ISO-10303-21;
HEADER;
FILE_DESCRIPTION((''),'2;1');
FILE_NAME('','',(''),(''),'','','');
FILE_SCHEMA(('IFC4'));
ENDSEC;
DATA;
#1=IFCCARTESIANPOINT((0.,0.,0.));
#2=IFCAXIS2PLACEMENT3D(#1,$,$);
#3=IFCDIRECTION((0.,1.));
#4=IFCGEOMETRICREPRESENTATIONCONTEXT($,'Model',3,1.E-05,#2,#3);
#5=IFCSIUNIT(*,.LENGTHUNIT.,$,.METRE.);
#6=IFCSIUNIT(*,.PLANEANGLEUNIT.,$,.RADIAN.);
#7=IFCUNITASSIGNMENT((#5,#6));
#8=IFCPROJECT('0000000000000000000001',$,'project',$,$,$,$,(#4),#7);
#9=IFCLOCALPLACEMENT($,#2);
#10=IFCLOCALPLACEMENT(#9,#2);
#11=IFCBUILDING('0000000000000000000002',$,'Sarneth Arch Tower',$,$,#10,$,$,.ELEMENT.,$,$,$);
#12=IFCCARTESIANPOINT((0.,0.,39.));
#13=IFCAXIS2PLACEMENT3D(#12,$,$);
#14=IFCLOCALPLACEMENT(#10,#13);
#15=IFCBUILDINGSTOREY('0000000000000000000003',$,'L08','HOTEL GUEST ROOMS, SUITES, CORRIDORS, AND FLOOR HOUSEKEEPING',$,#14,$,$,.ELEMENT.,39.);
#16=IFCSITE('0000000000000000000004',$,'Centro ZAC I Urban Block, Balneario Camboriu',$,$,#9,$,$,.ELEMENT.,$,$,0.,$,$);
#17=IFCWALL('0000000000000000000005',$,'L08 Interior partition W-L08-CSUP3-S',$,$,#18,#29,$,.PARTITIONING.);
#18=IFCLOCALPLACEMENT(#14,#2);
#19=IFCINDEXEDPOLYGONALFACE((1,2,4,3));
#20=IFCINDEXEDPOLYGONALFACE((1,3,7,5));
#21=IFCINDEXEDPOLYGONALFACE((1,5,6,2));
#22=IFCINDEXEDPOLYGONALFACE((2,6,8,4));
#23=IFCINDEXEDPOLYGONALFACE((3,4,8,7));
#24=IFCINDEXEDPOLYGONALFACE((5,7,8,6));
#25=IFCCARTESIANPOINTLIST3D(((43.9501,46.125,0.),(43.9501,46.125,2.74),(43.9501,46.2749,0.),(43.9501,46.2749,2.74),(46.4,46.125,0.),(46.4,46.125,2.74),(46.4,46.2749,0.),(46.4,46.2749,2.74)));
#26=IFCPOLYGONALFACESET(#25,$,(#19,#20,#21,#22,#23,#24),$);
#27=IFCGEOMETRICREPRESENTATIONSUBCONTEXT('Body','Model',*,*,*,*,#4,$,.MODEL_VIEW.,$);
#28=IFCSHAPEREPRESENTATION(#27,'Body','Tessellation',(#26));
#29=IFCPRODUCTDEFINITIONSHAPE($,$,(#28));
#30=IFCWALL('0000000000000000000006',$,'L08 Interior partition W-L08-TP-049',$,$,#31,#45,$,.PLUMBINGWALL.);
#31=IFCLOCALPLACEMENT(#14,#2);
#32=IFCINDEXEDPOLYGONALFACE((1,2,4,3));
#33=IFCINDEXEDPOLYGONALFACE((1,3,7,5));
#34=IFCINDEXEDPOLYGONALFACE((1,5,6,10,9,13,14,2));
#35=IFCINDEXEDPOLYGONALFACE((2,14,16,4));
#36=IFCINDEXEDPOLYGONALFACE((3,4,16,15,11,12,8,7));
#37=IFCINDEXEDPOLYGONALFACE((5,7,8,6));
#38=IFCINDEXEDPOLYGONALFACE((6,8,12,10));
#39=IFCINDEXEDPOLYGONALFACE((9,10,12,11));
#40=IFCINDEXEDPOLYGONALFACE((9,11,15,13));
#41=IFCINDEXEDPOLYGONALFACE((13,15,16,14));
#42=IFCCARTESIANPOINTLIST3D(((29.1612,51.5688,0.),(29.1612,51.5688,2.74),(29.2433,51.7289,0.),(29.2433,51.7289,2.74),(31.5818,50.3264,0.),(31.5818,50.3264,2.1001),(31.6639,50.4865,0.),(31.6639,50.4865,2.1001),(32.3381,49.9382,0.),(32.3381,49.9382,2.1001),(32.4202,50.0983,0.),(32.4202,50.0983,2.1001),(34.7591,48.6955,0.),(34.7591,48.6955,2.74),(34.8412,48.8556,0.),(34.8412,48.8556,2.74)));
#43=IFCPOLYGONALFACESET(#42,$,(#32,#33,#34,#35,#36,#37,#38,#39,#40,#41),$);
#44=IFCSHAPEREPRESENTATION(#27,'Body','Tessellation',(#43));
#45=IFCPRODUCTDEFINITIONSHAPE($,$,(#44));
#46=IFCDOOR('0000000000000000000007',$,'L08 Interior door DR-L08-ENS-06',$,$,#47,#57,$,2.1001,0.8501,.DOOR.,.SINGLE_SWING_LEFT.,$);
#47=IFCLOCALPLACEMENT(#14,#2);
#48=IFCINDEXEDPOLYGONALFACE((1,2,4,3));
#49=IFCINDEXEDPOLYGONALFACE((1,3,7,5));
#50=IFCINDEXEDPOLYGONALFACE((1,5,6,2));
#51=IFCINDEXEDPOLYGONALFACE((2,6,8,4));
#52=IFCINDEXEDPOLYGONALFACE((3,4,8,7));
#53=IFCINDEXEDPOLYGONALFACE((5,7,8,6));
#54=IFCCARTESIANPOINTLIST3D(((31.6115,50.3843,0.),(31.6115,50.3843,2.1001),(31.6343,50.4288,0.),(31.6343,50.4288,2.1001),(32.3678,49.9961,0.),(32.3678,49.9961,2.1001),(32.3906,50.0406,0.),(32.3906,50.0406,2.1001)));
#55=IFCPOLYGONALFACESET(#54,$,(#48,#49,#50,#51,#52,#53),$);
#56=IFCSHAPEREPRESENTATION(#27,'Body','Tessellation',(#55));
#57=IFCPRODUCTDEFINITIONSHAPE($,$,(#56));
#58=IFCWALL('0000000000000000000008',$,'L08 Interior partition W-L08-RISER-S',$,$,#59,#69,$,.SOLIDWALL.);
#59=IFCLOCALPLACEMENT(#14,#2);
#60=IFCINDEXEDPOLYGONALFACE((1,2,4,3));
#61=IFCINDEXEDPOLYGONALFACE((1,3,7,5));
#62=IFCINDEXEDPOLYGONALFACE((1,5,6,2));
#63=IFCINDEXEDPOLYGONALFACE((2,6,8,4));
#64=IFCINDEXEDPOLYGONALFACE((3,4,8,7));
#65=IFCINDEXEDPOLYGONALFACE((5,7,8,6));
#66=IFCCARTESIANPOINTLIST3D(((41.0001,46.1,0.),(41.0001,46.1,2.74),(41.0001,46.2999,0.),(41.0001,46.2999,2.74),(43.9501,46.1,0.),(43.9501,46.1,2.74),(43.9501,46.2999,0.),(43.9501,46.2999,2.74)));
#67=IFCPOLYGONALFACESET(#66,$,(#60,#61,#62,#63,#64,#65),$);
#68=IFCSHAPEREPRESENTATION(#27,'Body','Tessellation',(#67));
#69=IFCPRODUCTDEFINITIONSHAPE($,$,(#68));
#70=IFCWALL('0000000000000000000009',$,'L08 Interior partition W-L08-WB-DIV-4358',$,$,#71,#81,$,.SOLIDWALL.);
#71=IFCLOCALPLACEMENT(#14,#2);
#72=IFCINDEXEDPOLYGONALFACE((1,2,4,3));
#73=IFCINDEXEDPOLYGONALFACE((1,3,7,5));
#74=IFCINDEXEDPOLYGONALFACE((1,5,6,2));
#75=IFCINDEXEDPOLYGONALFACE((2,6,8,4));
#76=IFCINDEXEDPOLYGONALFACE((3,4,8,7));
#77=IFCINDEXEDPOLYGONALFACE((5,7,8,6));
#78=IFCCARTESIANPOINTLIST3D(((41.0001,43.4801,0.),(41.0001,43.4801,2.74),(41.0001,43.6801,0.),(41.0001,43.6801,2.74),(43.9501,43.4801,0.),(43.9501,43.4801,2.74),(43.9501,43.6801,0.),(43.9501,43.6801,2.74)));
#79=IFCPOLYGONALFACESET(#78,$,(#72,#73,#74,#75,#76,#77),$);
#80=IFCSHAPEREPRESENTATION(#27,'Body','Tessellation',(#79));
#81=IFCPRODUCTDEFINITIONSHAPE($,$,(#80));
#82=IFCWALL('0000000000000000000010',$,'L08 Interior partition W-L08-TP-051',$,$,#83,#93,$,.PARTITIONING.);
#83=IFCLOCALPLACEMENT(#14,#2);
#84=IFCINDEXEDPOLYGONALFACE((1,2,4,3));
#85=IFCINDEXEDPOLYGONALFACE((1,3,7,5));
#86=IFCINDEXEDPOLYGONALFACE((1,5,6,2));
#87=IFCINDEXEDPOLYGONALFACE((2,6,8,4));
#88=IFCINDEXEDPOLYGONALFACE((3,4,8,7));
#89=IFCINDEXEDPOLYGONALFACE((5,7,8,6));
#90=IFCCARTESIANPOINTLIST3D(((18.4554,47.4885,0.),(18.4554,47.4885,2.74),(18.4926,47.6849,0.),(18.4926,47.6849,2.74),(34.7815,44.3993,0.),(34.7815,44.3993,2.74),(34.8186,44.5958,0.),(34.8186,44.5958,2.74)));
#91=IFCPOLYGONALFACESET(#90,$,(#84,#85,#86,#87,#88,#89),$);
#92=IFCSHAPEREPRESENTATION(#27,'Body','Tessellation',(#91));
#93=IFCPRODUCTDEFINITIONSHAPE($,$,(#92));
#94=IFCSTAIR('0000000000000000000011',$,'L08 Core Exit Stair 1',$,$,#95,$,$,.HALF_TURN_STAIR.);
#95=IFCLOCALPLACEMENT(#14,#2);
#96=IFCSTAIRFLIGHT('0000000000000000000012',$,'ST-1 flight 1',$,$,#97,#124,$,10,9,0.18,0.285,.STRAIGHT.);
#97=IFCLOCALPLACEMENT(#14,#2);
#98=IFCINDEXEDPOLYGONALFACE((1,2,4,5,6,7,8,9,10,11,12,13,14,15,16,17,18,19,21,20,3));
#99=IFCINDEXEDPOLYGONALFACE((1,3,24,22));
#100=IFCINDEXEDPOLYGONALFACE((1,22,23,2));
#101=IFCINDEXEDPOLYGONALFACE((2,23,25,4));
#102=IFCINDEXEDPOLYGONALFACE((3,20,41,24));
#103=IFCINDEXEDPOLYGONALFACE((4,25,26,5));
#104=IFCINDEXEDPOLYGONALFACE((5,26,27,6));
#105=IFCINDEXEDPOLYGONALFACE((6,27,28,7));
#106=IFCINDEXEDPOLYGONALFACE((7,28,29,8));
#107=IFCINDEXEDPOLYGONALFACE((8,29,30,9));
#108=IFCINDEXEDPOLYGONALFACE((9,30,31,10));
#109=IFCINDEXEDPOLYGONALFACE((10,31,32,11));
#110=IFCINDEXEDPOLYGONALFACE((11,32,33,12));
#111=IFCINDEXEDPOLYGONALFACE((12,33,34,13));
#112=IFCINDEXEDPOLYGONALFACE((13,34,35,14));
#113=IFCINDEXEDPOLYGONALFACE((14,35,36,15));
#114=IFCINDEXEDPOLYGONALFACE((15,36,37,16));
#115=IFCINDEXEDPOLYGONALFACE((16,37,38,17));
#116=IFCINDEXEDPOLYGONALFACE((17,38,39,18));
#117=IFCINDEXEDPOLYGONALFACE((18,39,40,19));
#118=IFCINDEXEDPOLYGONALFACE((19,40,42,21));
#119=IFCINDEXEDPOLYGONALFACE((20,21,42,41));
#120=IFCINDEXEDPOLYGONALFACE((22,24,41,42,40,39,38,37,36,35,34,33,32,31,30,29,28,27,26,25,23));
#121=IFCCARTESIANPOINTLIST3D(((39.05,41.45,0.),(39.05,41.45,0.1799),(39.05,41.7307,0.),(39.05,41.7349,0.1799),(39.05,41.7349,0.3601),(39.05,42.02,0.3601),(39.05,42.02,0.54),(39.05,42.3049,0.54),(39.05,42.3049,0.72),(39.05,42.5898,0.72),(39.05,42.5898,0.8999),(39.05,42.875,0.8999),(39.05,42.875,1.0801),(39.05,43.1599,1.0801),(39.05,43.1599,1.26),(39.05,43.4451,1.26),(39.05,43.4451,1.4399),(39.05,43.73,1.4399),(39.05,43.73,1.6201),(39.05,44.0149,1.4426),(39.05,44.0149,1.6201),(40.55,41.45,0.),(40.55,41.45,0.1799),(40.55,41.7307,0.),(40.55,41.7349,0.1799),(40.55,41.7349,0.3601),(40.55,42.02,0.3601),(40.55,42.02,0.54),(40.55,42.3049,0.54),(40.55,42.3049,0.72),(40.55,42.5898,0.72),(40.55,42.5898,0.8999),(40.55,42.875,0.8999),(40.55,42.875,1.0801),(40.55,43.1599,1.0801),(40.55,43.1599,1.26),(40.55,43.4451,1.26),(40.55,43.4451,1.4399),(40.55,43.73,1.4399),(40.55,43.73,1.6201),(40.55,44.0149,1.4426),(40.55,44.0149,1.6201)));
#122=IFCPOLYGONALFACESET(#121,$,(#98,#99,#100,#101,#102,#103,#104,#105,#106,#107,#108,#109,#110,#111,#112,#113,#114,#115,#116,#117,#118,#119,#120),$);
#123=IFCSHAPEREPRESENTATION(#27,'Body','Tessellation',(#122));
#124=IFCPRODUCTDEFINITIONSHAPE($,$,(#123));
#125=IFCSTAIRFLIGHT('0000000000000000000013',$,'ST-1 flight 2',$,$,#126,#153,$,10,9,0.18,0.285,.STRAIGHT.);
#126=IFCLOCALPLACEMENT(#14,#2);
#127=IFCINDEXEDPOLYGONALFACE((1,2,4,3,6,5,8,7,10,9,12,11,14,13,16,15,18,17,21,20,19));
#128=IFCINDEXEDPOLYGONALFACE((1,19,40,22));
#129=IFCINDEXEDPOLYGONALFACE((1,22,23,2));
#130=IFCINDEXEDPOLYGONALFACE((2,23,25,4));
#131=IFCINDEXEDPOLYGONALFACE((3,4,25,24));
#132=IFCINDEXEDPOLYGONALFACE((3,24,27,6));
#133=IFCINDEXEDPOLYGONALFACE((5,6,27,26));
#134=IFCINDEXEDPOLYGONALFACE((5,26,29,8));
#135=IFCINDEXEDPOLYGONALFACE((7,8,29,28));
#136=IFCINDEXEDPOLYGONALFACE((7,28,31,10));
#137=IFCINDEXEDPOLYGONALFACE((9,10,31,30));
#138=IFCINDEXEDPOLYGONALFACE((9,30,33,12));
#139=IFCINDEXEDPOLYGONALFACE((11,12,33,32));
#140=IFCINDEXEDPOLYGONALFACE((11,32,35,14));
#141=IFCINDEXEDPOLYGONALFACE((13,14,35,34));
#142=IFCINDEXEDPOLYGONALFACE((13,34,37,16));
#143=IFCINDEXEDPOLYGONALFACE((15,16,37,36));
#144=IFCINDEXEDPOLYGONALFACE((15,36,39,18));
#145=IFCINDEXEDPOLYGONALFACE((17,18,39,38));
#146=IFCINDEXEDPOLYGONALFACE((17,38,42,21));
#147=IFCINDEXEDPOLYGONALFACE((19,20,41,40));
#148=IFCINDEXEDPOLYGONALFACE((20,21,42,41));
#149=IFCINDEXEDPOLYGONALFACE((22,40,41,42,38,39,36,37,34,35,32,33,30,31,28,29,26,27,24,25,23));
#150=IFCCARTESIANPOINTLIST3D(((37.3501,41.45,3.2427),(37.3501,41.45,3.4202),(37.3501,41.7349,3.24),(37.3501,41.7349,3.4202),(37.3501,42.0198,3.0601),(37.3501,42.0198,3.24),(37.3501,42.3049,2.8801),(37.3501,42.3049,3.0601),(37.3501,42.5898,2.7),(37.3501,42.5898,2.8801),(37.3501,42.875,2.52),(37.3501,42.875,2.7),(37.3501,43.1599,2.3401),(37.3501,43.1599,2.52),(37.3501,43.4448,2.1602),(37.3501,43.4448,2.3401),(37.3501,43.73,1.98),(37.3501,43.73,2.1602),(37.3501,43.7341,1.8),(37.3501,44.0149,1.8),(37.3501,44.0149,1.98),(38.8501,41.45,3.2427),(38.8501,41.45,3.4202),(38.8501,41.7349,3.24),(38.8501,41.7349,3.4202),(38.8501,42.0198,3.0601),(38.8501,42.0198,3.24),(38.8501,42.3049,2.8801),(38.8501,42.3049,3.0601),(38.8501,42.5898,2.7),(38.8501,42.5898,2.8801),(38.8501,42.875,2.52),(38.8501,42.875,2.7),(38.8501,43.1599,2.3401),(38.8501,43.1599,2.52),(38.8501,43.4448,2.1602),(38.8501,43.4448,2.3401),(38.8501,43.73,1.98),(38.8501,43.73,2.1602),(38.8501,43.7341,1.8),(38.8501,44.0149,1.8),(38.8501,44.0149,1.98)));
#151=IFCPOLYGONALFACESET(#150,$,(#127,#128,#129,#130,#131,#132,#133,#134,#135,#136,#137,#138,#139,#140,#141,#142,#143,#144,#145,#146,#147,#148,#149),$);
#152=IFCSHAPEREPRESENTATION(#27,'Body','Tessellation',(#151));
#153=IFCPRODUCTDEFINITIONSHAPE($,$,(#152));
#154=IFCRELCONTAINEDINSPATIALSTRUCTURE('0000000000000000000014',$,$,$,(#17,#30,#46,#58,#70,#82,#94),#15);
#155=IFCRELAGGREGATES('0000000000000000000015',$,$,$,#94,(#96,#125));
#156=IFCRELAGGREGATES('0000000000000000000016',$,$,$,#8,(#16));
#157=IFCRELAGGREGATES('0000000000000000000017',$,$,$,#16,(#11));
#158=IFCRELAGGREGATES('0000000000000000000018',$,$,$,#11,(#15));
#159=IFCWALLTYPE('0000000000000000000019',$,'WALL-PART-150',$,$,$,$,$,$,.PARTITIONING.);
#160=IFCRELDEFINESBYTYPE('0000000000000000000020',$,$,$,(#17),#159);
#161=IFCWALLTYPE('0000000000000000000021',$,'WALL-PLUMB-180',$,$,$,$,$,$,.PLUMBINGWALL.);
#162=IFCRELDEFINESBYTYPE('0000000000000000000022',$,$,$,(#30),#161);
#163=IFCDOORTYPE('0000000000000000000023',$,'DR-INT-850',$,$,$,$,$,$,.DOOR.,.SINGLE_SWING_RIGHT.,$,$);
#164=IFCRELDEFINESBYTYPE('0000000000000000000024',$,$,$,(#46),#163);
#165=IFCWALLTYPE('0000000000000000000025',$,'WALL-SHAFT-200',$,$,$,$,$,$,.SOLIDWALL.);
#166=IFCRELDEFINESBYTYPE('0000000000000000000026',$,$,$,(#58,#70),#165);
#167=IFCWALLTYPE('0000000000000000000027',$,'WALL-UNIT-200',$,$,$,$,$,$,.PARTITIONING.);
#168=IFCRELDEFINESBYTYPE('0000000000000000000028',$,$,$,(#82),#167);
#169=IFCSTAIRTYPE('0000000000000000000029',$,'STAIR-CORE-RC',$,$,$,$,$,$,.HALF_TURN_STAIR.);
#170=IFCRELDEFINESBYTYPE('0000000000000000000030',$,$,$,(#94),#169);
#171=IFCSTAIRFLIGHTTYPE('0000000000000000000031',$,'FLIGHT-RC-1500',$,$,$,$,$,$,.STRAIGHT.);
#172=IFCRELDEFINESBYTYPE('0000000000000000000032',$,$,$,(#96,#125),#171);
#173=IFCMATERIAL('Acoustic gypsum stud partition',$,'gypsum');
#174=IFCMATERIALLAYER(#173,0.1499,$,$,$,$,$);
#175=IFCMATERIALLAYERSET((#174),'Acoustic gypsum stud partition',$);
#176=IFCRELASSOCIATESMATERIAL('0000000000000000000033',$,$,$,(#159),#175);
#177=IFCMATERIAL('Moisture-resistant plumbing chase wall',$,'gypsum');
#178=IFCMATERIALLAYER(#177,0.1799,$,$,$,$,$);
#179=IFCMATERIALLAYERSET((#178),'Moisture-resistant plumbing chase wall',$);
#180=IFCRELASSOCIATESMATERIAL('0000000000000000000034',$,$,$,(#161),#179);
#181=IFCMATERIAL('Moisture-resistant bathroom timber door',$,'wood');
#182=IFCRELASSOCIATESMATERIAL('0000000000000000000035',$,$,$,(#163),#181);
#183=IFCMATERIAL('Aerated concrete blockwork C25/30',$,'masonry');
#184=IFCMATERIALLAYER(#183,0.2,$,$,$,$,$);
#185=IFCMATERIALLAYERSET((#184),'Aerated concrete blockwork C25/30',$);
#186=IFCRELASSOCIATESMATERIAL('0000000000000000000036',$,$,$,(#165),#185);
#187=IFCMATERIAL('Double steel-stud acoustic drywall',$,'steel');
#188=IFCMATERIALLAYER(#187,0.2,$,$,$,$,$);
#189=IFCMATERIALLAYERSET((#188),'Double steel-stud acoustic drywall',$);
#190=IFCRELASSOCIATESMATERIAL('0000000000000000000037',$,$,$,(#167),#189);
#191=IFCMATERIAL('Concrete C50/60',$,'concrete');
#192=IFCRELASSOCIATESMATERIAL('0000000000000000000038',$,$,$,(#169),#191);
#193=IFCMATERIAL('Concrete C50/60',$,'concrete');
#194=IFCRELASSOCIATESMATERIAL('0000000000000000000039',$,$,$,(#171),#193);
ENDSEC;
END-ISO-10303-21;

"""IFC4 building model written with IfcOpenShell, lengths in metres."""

from ifc_helpers import new_model, si_unit, direction, frame, frame_2d, origin, place, context, subcontext, project, spatial, polyline, rectangle, outline, extrude, material, layer, layer_set, type_object, element, fill, aggregate, save


model = new_model("IFC4")

# Units and contexts
model_context = context("Model", 3, precision=1e-05, world=origin(), true_north=direction((0.0, 1.0)))
body_context = subcontext(model_context, "Body", "Model", "MODEL_VIEW")
ifc_project = project(units=[si_unit("LENGTHUNIT", "METRE"), si_unit("PLANEANGLEUNIT", "RADIAN")], contexts=[model_context])

# Site, building, storey
site_placement = place(None, origin())
site = spatial("IfcSite", under=ifc_project, at=site_placement, Name="Centro ZAC I Urban Block, Balneario Camboriu", CompositionType="ELEMENT", RefElevation=0.0)
building_placement = place(site_placement, origin())
building = spatial("IfcBuilding", under=site, at=building_placement, Name="Sarneth Arch Tower", CompositionType="ELEMENT")
storey_placement = place(building_placement, frame((0.0, 0.0, 39.0)))
storey = spatial("IfcBuildingStorey", under=building, at=storey_placement, Name="L08", Description="HOTEL GUEST ROOMS, SUITES, CORRIDORS, AND FLOOR HOUSEKEEPING", CompositionType="ELEMENT", Elevation=39.0)

# Wall
ifc_material_1 = material(Name="Acoustic gypsum stud partition", Category="gypsum")
ifc_layer_1 = layer(ifc_material_1, 0.1499)
ifc_layer_set_1 = layer_set([ifc_layer_1], Name="Acoustic gypsum stud partition")
wall_type_1 = type_object("IfcWallType", Name="WALL-PART-150", PredefinedType="PARTITIONING", material=ifc_layer_set_1)
wall_1_placement = place(storey_placement, frame((43.95, 46.2, 0.0), z_axis=(0.0, 0.0, 1.0), x_axis=(1.0, 0.0, 0.0)))
element("IfcWall", 1, at=wall_1_placement, inside=storey, type_object=wall_type_1, Name="L08 Interior partition W-L08-CSUP3-S", PredefinedType="PARTITIONING", context=body_context, shape_type="SweptSolid", body=[
    extrude(rectangle(XDim=2.45, YDim=0.1499, at=frame_2d((1.2251, 0.0))), origin(), (0.0, 0.0, 1.0), 2.74),
])

# Wall, opening, door
ifc_material_2 = material(Name="Moisture-resistant plumbing chase wall", Category="gypsum")
ifc_layer_2 = layer(ifc_material_2, 0.1799)
ifc_layer_set_2 = layer_set([ifc_layer_2], Name="Moisture-resistant plumbing chase wall")
wall_type_2 = type_object("IfcWallType", Name="WALL-PLUMB-180", PredefinedType="PLUMBINGWALL", material=ifc_layer_set_2)
wall_2_placement = place(storey_placement, frame((34.8, 48.7756, 0.0), z_axis=(0.0, 0.0, 1.0), x_axis=(-0.889651, 0.45664, 0.0)))
wall_2 = element("IfcWall", 2, at=wall_2_placement, inside=storey, type_object=wall_type_2, Name="L08 Interior partition W-L08-TP-049", PredefinedType="PLUMBINGWALL", context=body_context, shape_type="SweptSolid", body=[
    extrude(rectangle(XDim=6.2922, YDim=0.1799, at=frame_2d((3.146, 0.0))), origin(), (0.0, 0.0, 1.0), 2.74),
])
opening_1_placement = place(wall_2_placement, frame((2.7212, 0.0, 0.0)))
opening_1 = element("IfcOpeningElement", 3, at=opening_1_placement, cuts=wall_2, PredefinedType="OPENING", context=body_context, shape_type="SweptSolid", body=[
    extrude(rectangle(XDim=0.8501, YDim=2.1001, at=frame_2d((0.425, 1.05))), frame((0.0, 0.0999, 0.0), z_axis=(0.0, -1.0, 0.0), x_axis=(1.0, 0.0, 0.0)), (0.0, 0.0, 1.0), 0.2),
])
ifc_material_3 = material(Name="Moisture-resistant bathroom timber door", Category="wood")
door_type_1 = type_object("IfcDoorType", Name="DR-INT-850", OperationType="SINGLE_SWING_RIGHT", PredefinedType="DOOR", material=ifc_material_3)
door_1_placement = place(opening_1_placement, origin())
door_1 = element("IfcDoor", 4, at=door_1_placement, inside=storey, type_object=door_type_1, Name="L08 Interior door DR-L08-ENS-06", OperationType="SINGLE_SWING_LEFT", OverallHeight=2.1001, OverallWidth=0.8501, PredefinedType="DOOR", context=body_context, shape_type="SweptSolid", body=[
    extrude(rectangle(XDim=0.8501, YDim=2.1001, at=frame_2d((0.425, 1.05))), frame((0.0, 0.0249, 0.0), z_axis=(0.0, -1.0, 0.0), x_axis=(1.0, 0.0, 0.0)), (0.0, 0.0, 1.0), 0.05),
])
fill(opening_1, door_1)

# Wall
ifc_material_4 = material(Name="Aerated concrete blockwork C25/30", Category="masonry")
ifc_layer_3 = layer(ifc_material_4, 0.2)
ifc_layer_set_3 = layer_set([ifc_layer_3], Name="Aerated concrete blockwork C25/30")
wall_type_3 = type_object("IfcWallType", Name="WALL-SHAFT-200", PredefinedType="SOLIDWALL", material=ifc_layer_set_3)
wall_3_placement = place(storey_placement, frame((41.0, 46.2, 0.0), z_axis=(0.0, 0.0, 1.0), x_axis=(1.0, 0.0, 0.0)))
element("IfcWall", 5, at=wall_3_placement, inside=storey, type_object=wall_type_3, Name="L08 Interior partition W-L08-RISER-S", PredefinedType="SOLIDWALL", context=body_context, shape_type="SweptSolid", body=[
    extrude(rectangle(XDim=2.95, YDim=0.2, at=frame_2d((1.4751, 0.0))), origin(), (0.0, 0.0, 1.0), 2.74),
])

# Walls
wall_4_placement = place(storey_placement, frame((41.0, 43.5801, 0.0), z_axis=(0.0, 0.0, 1.0), x_axis=(1.0, 0.0, 0.0)))
element("IfcWall", 6, at=wall_4_placement, inside=storey, type_object=wall_type_3, Name="L08 Interior partition W-L08-WB-DIV-4358", PredefinedType="SOLIDWALL", context=body_context, shape_type="SweptSolid", body=[
    extrude(rectangle(XDim=2.95, YDim=0.2, at=frame_2d((1.4751, 0.0))), origin(), (0.0, 0.0, 1.0), 2.74),
])
ifc_material_5 = material(Name="Double steel-stud acoustic drywall", Category="steel")
ifc_layer_4 = layer(ifc_material_5, 0.2)
ifc_layer_set_4 = layer_set([ifc_layer_4], Name="Double steel-stud acoustic drywall")
wall_type_4 = type_object("IfcWallType", Name="WALL-UNIT-200", PredefinedType="PARTITIONING", material=ifc_layer_set_4)
wall_5_placement = place(storey_placement, frame((34.8, 44.4976, 0.0), z_axis=(0.0, 0.0, 1.0), x_axis=(-0.982566, 0.185916, 0.0)))
element("IfcWall", 7, at=wall_5_placement, inside=storey, type_object=wall_type_4, Name="L08 Interior partition W-L08-TP-051", PredefinedType="PARTITIONING", context=body_context, shape_type="SweptSolid", body=[
    extrude(rectangle(XDim=16.6157, YDim=0.2, at=frame_2d((8.3079, 0.0))), origin(), (0.0, 0.0, 1.0), 2.74),
])

# Stair, stair flights
ifc_material_6 = material(Name="Concrete C50/60", Category="concrete")
stair_type = type_object("IfcStairType", Name="STAIR-CORE-RC", PredefinedType="HALF_TURN_STAIR", material=ifc_material_6)
stair_placement = place(storey_placement, origin())
stair = element("IfcStair", 8, at=stair_placement, inside=storey, type_object=stair_type, Name="L08 Core Exit Stair 1", PredefinedType="HALF_TURN_STAIR")
ifc_material_7 = material(Name="Concrete C50/60", Category="concrete")
stair_flight_type = type_object("IfcStairFlightType", Name="FLIGHT-RC-1500", PredefinedType="STRAIGHT", material=ifc_material_7)
stair_flight_1_placement = place(storey_placement, frame((39.8, 41.45, 0.0), z_axis=(0.0, 0.0, 1.0), x_axis=(0.0, 1.0, 0.0)))
stair_flight_1 = element("IfcStairFlight", 9, at=stair_flight_1_placement, type_object=stair_flight_type, Name="ST-1 flight 1", NumberOfRisers=10, NumberOfTreads=9, PredefinedType="STRAIGHT", RiserHeight=0.18, TreadLength=0.285, context=body_context, shape_type="SweptSolid", body=[
    extrude(outline(polyline([(0.0, 0.0), (0.0, 0.1799), (0.2849, 0.1799), (0.2849, 0.3601), (0.5701, 0.3601), (0.5701, 0.54), (0.855, 0.54), (0.855, 0.72), (1.1399, 0.72), (1.1399, 0.8999), (1.425, 0.8999), (1.425, 1.0801), (1.71, 1.0801), (1.71, 1.26), (1.9951, 1.26), (1.9951, 1.4399), (2.28, 1.4399), (2.28, 1.6201), (2.5649, 1.6201), (2.5649, 1.8), (2.5649, 1.4426), (0.2808, 0.0), (0.0, 0.0)])), frame((0.0, 0.75, 0.0), z_axis=(0.0, -1.0, 0.0), x_axis=(1.0, 0.0, 0.0)), (0.0, 0.0, 1.0), 1.5),
])
stair_flight_2_placement = place(storey_placement, frame((38.1001, 44.0149, 1.8), z_axis=(0.0, 0.0, 1.0), x_axis=(0.0, -1.0, 0.0)))
stair_flight_2 = element("IfcStairFlight", 10, at=stair_flight_2_placement, type_object=stair_flight_type, Name="ST-1 flight 2", NumberOfRisers=10, NumberOfTreads=9, PredefinedType="STRAIGHT", RiserHeight=0.18, TreadLength=0.285, context=body_context, shape_type="SweptSolid", body=[
    extrude(outline(polyline([(0.0, 0.0), (0.0, 0.1799), (0.2849, 0.1799), (0.2849, 0.3601), (0.5701, 0.3601), (0.5701, 0.54), (0.855, 0.54), (0.855, 0.72), (1.1399, 0.72), (1.1399, 0.8999), (1.425, 0.8999), (1.425, 1.0801), (1.71, 1.0801), (1.71, 1.26), (1.9951, 1.26), (1.9951, 1.4399), (2.28, 1.4399), (2.28, 1.6201), (2.5649, 1.6201), (2.5649, 1.8), (2.5649, 1.4426), (0.2808, 0.0), (0.0, 0.0)])), frame((0.0, 0.75, 0.0), z_axis=(0.0, -1.0, 0.0), x_axis=(1.0, 0.0, 0.0)), (0.0, 0.0, 1.0), 1.5),
])
aggregate(stair, [stair_flight_1, stair_flight_2])

save(model, "model.ifc")
